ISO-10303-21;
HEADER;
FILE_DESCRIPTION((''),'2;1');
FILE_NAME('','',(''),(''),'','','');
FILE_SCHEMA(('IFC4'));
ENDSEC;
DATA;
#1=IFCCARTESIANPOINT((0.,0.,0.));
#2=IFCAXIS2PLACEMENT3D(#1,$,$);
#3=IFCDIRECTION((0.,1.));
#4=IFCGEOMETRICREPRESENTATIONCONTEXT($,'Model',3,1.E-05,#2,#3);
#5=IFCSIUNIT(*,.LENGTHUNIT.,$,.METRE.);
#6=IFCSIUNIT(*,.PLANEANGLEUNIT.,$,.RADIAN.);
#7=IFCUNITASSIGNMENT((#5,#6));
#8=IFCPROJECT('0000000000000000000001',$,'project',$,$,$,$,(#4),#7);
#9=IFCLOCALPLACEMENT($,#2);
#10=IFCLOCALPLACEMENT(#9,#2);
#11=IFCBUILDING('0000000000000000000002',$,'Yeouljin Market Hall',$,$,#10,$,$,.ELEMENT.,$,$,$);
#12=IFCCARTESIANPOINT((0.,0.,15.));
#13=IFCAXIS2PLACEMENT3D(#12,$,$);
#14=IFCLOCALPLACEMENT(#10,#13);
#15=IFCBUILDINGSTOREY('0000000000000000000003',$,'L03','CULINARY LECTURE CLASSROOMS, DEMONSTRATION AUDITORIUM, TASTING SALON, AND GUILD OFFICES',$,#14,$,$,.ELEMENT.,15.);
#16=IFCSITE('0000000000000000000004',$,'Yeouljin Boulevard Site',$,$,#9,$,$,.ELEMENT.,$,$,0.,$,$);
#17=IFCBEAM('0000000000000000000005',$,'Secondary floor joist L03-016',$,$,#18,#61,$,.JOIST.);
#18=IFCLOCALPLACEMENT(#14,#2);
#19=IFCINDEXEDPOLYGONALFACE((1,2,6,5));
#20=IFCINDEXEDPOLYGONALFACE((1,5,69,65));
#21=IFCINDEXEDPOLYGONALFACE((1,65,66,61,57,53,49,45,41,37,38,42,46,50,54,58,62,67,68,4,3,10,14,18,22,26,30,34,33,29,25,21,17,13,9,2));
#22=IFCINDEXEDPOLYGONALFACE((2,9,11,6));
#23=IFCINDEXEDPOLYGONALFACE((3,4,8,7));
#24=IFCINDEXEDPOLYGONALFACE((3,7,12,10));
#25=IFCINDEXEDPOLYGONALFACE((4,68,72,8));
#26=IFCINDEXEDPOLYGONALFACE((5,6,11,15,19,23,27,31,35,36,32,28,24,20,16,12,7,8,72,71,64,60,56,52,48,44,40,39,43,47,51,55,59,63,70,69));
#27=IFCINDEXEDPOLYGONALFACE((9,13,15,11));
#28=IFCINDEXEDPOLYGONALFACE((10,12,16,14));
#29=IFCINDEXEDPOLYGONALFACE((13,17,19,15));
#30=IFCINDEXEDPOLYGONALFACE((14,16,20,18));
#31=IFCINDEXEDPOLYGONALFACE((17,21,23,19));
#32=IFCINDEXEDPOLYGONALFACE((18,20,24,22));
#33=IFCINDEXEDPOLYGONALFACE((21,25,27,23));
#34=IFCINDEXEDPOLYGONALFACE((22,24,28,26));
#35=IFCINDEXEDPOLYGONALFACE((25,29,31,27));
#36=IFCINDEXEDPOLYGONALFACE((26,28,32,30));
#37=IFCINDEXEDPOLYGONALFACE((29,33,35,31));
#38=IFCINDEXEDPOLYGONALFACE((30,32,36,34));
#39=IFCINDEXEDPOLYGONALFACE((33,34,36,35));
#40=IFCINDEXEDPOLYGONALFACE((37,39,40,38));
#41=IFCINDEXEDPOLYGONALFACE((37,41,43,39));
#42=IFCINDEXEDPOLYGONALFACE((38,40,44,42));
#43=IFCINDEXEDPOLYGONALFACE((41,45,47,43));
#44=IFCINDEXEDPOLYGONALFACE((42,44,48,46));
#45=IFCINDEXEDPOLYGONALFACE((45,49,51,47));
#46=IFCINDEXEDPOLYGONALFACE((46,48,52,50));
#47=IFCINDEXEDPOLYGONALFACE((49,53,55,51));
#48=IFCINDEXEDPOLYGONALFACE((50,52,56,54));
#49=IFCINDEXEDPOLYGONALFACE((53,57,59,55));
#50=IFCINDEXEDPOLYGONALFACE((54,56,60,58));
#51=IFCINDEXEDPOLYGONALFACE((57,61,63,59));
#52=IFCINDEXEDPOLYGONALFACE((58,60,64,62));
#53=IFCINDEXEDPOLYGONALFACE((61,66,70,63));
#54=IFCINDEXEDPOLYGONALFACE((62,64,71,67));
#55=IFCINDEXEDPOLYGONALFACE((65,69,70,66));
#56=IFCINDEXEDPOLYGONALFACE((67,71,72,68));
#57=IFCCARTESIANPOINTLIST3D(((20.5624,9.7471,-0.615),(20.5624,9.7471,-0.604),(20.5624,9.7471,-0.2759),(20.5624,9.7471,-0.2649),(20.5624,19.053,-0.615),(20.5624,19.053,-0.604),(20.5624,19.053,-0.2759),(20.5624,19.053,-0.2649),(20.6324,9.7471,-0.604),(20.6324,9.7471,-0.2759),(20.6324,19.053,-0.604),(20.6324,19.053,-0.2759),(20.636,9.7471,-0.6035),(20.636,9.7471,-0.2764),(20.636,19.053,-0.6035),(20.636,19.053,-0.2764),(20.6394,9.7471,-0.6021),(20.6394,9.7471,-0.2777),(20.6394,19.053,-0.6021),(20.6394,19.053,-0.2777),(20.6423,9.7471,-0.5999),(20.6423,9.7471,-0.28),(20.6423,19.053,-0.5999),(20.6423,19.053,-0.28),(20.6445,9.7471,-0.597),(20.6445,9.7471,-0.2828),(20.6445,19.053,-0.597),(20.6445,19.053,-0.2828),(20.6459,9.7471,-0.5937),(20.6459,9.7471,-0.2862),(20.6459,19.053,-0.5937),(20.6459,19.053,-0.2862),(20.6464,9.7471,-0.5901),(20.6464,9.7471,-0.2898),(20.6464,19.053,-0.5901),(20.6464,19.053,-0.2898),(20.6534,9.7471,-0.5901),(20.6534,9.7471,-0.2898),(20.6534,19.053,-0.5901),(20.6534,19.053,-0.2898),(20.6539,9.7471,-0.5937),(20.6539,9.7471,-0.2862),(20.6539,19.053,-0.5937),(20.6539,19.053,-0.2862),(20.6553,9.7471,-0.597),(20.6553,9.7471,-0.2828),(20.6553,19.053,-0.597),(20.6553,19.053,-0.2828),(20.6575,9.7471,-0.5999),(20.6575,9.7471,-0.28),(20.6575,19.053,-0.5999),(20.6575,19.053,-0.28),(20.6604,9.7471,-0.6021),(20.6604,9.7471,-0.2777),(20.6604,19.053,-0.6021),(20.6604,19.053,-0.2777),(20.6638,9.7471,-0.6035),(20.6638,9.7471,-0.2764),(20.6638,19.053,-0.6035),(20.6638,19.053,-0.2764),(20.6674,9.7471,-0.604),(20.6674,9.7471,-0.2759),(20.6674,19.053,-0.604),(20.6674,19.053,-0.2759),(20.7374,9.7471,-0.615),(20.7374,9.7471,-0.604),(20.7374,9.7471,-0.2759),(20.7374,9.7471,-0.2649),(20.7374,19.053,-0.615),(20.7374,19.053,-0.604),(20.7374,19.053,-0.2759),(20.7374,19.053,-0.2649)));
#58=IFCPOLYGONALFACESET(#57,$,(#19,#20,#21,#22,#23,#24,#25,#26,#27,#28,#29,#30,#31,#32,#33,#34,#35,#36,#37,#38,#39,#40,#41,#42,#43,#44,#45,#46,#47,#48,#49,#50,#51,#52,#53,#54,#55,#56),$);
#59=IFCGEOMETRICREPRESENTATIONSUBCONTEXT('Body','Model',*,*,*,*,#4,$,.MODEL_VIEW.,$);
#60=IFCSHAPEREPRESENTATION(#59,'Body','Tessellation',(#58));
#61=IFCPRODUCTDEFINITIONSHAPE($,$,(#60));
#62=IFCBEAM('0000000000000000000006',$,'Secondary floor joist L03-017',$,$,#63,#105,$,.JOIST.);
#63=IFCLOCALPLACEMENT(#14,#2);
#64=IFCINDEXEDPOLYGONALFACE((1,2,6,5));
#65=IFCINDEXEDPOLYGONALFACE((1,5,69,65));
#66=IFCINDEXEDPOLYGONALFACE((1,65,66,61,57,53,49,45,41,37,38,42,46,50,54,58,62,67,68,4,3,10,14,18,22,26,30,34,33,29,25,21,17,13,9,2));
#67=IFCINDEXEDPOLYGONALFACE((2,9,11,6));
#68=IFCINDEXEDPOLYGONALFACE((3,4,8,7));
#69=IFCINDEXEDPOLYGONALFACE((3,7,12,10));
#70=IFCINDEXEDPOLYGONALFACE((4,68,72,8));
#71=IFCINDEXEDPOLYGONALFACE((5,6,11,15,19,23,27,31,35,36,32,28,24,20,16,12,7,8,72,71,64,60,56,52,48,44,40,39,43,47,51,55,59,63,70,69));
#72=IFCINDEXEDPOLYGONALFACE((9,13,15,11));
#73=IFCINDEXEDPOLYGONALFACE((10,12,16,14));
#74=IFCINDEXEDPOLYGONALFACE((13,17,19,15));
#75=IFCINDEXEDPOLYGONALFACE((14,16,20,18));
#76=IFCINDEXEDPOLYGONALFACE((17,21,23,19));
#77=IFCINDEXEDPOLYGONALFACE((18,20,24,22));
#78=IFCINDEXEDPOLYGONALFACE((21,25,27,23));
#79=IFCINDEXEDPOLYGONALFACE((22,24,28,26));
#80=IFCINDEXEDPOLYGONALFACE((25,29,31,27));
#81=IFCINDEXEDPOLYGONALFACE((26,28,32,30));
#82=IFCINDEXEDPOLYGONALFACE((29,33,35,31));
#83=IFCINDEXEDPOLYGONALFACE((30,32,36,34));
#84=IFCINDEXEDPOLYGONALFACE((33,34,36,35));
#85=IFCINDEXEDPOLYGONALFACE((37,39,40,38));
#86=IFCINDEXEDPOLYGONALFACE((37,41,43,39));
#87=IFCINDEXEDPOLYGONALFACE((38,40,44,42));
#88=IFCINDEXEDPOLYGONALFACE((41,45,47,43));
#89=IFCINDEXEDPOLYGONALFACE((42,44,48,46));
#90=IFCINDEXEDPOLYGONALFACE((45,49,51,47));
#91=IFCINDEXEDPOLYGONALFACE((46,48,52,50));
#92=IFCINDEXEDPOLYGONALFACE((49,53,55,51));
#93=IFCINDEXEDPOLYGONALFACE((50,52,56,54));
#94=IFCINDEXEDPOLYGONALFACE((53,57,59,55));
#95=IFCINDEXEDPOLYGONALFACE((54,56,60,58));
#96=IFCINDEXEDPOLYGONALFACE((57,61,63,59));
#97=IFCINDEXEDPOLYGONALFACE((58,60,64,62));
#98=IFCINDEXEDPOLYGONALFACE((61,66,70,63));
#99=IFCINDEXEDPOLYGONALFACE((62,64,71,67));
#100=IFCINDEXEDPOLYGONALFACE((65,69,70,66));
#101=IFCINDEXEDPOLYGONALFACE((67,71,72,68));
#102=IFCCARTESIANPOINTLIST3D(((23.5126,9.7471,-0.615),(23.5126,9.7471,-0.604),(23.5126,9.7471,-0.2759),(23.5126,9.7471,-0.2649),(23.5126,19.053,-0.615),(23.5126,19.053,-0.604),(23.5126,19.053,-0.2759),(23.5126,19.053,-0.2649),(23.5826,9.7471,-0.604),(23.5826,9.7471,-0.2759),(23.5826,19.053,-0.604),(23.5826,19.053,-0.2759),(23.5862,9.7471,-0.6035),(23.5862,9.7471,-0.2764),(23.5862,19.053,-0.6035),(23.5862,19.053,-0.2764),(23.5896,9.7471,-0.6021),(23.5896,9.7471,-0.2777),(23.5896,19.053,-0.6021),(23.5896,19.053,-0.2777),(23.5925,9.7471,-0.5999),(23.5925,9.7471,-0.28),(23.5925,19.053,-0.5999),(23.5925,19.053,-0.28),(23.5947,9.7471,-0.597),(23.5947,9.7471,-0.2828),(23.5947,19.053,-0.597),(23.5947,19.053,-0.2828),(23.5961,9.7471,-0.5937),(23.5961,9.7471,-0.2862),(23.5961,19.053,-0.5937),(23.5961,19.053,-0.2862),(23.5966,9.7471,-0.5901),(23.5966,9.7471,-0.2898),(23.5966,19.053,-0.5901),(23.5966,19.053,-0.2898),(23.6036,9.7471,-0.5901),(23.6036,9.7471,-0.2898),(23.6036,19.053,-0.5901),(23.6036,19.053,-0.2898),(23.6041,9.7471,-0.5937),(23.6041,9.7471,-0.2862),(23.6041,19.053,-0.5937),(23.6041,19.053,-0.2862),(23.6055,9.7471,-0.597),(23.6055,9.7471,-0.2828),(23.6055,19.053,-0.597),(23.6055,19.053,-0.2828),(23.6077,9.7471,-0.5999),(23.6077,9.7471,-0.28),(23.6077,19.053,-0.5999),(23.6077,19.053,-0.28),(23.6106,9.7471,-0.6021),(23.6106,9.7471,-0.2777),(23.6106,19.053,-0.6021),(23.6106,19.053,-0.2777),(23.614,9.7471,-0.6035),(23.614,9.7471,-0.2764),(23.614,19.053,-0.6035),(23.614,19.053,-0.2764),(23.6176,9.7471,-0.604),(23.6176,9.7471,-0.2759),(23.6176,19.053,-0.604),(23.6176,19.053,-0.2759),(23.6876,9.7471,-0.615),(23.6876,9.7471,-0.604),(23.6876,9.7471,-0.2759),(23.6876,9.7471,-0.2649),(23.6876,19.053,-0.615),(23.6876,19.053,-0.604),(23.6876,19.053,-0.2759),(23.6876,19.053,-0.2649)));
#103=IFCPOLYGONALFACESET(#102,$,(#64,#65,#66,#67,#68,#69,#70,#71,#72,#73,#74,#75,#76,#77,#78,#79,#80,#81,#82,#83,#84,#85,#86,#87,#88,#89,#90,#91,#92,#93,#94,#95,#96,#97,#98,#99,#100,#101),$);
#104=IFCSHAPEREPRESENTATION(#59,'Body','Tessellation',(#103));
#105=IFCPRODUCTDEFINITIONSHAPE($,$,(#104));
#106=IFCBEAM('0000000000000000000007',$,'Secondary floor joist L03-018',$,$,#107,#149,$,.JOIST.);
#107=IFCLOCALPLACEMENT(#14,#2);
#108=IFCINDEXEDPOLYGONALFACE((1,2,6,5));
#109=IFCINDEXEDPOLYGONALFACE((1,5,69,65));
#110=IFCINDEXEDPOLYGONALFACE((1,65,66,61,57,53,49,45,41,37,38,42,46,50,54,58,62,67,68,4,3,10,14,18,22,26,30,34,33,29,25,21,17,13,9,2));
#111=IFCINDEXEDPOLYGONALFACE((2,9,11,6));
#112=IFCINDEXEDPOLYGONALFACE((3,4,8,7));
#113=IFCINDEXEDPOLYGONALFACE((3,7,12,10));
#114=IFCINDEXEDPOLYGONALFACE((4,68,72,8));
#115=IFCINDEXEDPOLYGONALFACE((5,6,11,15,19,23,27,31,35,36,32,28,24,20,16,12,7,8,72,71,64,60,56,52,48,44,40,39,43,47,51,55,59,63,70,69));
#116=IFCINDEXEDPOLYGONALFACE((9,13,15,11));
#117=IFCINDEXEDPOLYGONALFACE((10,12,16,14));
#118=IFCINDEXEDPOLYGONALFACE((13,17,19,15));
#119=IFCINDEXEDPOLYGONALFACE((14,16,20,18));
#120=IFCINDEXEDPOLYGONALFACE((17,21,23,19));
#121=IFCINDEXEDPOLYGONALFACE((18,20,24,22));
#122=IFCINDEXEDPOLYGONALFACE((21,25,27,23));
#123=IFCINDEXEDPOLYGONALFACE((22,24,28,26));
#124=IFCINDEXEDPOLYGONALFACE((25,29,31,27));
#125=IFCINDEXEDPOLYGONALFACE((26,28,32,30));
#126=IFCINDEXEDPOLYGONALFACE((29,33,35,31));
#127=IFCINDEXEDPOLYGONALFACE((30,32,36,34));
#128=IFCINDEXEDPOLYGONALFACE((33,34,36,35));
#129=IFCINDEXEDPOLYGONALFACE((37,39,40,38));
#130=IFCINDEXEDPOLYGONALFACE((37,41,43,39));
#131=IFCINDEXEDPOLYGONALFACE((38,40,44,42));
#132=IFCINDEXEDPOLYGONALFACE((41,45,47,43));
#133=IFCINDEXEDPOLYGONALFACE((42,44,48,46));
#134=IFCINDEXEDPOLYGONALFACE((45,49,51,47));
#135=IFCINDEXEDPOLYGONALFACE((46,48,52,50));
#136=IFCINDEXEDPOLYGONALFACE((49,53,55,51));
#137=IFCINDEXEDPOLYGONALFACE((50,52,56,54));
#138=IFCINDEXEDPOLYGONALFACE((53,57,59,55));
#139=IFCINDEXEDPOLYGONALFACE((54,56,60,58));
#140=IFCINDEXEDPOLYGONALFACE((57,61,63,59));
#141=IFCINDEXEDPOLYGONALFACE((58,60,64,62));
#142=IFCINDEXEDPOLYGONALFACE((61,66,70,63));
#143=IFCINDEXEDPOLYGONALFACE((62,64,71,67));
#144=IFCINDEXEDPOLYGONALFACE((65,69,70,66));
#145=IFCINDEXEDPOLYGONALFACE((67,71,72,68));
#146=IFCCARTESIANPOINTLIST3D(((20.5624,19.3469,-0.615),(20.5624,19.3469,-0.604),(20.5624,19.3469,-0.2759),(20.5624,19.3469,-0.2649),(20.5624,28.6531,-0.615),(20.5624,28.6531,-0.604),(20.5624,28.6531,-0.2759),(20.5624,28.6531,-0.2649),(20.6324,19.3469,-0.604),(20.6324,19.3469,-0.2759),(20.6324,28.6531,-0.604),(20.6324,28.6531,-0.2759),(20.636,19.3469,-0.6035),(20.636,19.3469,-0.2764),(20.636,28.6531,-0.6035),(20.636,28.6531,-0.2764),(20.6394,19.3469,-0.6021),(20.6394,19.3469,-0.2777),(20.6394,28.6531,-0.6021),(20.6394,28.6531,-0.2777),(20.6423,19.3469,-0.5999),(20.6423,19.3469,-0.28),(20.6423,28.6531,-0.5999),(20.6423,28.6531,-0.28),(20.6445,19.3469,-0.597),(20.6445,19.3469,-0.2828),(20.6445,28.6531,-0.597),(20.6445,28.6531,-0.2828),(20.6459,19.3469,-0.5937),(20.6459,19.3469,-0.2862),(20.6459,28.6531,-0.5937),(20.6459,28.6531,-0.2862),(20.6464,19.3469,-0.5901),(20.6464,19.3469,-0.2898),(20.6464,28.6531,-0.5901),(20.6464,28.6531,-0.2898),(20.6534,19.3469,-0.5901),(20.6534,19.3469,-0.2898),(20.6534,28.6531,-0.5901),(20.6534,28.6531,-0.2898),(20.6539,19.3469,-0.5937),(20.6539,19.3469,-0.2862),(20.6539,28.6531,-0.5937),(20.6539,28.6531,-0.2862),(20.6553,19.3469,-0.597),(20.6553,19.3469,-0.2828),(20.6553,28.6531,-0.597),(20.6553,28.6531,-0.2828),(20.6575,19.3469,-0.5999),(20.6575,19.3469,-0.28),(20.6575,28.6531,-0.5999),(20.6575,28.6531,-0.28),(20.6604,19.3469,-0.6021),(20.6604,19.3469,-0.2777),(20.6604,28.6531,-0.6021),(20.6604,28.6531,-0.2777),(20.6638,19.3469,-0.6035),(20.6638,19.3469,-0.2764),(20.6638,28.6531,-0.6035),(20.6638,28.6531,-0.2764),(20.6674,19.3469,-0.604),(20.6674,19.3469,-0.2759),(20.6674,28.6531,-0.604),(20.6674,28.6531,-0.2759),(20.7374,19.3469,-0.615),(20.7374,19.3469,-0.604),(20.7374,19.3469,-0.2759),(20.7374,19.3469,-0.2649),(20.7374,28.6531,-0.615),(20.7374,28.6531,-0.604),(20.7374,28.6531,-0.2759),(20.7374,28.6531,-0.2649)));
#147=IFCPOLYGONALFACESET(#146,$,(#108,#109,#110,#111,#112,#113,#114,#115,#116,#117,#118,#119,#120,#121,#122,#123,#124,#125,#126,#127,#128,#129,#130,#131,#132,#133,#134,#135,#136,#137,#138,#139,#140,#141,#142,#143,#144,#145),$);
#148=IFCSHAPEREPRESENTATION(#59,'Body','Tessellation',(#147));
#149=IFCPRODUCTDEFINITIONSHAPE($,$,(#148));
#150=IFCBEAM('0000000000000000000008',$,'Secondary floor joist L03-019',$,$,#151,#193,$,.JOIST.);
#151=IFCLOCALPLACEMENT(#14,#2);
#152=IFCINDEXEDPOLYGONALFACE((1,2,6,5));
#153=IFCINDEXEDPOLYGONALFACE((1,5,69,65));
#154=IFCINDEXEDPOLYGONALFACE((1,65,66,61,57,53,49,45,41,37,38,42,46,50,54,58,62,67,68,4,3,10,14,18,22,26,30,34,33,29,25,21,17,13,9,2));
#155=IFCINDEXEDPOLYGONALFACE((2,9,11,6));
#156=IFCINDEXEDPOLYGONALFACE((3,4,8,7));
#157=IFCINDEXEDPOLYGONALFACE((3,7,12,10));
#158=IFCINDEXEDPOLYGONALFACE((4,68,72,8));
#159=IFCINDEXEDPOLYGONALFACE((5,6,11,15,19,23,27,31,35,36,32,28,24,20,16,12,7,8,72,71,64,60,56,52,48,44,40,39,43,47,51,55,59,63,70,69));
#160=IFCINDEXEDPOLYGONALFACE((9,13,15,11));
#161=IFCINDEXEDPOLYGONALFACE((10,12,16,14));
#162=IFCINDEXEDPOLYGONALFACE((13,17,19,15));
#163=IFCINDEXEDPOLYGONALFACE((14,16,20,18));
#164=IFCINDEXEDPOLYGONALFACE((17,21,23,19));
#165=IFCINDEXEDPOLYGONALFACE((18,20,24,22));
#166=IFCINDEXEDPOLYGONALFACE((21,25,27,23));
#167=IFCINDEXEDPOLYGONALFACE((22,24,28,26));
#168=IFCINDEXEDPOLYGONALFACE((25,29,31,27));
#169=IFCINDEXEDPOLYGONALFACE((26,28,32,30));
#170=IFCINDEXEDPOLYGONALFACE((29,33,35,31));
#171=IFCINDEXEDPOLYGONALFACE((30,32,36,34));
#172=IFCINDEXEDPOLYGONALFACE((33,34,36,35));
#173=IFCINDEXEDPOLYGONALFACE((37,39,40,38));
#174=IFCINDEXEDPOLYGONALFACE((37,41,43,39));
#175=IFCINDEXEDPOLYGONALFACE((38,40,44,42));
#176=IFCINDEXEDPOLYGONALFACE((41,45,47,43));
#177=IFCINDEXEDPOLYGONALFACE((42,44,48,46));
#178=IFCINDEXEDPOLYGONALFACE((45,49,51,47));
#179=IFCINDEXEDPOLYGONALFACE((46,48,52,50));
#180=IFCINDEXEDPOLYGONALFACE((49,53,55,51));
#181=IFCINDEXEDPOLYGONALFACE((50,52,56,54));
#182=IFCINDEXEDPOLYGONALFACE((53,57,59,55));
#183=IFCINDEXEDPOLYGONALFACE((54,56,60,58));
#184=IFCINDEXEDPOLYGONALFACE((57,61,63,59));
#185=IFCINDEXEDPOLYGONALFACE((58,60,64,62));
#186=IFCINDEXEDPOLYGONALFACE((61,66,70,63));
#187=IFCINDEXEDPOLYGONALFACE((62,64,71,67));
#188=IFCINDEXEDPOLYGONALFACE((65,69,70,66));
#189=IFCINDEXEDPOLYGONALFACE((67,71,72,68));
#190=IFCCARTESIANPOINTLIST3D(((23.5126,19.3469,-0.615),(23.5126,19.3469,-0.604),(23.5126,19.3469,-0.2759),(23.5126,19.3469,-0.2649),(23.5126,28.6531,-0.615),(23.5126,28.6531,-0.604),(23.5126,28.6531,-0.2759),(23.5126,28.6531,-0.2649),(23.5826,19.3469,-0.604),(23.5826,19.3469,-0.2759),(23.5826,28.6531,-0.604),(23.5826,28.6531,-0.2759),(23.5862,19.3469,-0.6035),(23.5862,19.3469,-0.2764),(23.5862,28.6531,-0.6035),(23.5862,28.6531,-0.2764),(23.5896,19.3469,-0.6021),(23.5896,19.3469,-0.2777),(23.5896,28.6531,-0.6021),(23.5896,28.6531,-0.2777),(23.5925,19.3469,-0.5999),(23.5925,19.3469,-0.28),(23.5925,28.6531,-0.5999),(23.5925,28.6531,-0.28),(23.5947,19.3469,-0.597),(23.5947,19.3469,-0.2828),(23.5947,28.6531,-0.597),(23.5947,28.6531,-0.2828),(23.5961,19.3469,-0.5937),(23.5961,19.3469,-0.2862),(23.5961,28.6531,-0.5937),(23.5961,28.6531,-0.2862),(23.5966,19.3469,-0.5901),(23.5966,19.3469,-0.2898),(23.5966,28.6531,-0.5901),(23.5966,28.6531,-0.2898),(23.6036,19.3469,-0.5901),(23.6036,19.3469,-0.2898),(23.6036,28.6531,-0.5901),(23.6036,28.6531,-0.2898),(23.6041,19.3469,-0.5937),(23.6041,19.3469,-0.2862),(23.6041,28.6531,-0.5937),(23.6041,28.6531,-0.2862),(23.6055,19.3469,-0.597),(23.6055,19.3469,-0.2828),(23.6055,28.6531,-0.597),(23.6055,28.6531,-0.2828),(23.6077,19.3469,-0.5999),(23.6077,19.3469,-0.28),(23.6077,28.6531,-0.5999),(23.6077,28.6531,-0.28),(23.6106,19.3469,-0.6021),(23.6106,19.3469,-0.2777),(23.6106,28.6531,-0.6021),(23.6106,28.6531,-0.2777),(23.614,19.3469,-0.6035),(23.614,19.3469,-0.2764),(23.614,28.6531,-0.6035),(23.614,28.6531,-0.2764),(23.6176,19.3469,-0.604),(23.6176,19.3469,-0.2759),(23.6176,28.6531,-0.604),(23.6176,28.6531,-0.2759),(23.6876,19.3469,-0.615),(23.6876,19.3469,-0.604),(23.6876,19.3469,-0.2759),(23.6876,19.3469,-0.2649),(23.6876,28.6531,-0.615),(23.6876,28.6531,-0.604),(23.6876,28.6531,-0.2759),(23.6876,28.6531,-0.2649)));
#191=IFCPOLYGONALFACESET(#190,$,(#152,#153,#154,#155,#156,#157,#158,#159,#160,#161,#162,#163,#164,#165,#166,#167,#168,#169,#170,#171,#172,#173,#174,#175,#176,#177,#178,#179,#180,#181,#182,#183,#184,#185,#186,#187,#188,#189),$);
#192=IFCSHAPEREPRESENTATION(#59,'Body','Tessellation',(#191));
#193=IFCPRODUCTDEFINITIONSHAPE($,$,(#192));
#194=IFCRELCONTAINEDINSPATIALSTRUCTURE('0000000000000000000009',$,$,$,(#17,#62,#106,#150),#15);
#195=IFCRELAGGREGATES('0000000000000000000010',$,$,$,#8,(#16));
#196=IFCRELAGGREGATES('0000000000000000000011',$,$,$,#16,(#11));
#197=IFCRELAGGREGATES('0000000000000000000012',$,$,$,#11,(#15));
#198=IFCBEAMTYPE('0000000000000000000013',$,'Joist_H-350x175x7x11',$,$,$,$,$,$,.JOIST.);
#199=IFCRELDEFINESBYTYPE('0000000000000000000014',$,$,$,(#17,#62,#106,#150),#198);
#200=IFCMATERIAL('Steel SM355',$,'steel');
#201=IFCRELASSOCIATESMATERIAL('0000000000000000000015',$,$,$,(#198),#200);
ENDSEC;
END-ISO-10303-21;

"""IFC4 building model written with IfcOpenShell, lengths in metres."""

from ifc_helpers import new_model, si_unit, direction, frame, origin, origin_2d, place, context, subcontext, project, spatial, i_section, extrude, material, material_profile, profile_set, type_object, element, save


model = new_model("IFC4")

# Units and contexts
model_context = context("Model", 3, precision=1e-05, world=origin(), true_north=direction((0.0, 1.0)))
body_context = subcontext(model_context, "Body", "Model", "MODEL_VIEW")
ifc_project = project(units=[si_unit("LENGTHUNIT", "METRE"), si_unit("PLANEANGLEUNIT", "RADIAN")], contexts=[model_context])

# Site, building, storey
site_placement = place(None, origin())
site = spatial("IfcSite", under=ifc_project, at=site_placement, Name="Yeouljin Boulevard Site", CompositionType="ELEMENT", RefElevation=0.0)
building_placement = place(site_placement, origin())
building = spatial("IfcBuilding", under=site, at=building_placement, Name="Yeouljin Market Hall", CompositionType="ELEMENT")
storey_placement = place(building_placement, frame((0.0, 0.0, 15.0)))
storey = spatial("IfcBuildingStorey", under=building, at=storey_placement, Name="L03", Description="CULINARY LECTURE CLASSROOMS, DEMONSTRATION AUDITORIUM, TASTING SALON, AND GUILD OFFICES", CompositionType="ELEMENT", Elevation=15.0)

# Beams
ifc_material_1 = material(Name="Steel SM355", Category="steel")
ifc_material_profile_1 = material_profile(ifc_material_1, i_section(OverallWidth=0.175, OverallDepth=0.3501, WebThickness=0.0071, FlangeThickness=0.011, FilletRadius=0.0139, at=origin_2d()), Name="H-350x175x7x11")
ifc_profile_set_1 = profile_set([ifc_material_profile_1], Name="Steel SM355")
beam_type_1 = type_object("IfcBeamType", Name="Joist_H-350x175x7x11", PredefinedType="JOIST", material=ifc_profile_set_1)
for number, where, z_axis, x_axis, name in (
    (1, (20.6499, 9.7471, -0.4399), (0.0, 1.0, 0.0), (-1.0, 0.0, 0.0), "Secondary floor joist L03-016"),
    (2, (23.6001, 9.7471, -0.4399), (0.0, 1.0, 0.0), (-1.0, 0.0, 0.0), "Secondary floor joist L03-017"),
):
    element("IfcBeam", number, at=place(storey_placement, frame(where, z_axis=z_axis, x_axis=x_axis)), inside=storey, type_object=beam_type_1, Name=name, PredefinedType="JOIST", context=body_context, shape_type="SweptSolid", body=[
        extrude(i_section(OverallWidth=0.175, OverallDepth=0.3501, WebThickness=0.0071, FlangeThickness=0.011, FilletRadius=0.0139, at=origin_2d()), origin(), (0.0, 0.0, 1.0), 9.3059),
    ])
for number, where, z_axis, x_axis, name in (
    (3, (20.6499, 19.3469, -0.4399), (0.0, 1.0, 0.0), (-1.0, 0.0, 0.0), "Secondary floor joist L03-018"),
    (4, (23.6001, 19.3469, -0.4399), (0.0, 1.0, 0.0), (-1.0, 0.0, 0.0), "Secondary floor joist L03-019"),
):
    element("IfcBeam", number, at=place(storey_placement, frame(where, z_axis=z_axis, x_axis=x_axis)), inside=storey, type_object=beam_type_1, Name=name, PredefinedType="JOIST", context=body_context, shape_type="SweptSolid", body=[
        extrude(i_section(OverallWidth=0.175, OverallDepth=0.3501, WebThickness=0.0071, FlangeThickness=0.011, FilletRadius=0.0139, at=origin_2d()), origin(), (0.0, 0.0, 1.0), 9.3062),
    ])

save(model, "model.ifc")
